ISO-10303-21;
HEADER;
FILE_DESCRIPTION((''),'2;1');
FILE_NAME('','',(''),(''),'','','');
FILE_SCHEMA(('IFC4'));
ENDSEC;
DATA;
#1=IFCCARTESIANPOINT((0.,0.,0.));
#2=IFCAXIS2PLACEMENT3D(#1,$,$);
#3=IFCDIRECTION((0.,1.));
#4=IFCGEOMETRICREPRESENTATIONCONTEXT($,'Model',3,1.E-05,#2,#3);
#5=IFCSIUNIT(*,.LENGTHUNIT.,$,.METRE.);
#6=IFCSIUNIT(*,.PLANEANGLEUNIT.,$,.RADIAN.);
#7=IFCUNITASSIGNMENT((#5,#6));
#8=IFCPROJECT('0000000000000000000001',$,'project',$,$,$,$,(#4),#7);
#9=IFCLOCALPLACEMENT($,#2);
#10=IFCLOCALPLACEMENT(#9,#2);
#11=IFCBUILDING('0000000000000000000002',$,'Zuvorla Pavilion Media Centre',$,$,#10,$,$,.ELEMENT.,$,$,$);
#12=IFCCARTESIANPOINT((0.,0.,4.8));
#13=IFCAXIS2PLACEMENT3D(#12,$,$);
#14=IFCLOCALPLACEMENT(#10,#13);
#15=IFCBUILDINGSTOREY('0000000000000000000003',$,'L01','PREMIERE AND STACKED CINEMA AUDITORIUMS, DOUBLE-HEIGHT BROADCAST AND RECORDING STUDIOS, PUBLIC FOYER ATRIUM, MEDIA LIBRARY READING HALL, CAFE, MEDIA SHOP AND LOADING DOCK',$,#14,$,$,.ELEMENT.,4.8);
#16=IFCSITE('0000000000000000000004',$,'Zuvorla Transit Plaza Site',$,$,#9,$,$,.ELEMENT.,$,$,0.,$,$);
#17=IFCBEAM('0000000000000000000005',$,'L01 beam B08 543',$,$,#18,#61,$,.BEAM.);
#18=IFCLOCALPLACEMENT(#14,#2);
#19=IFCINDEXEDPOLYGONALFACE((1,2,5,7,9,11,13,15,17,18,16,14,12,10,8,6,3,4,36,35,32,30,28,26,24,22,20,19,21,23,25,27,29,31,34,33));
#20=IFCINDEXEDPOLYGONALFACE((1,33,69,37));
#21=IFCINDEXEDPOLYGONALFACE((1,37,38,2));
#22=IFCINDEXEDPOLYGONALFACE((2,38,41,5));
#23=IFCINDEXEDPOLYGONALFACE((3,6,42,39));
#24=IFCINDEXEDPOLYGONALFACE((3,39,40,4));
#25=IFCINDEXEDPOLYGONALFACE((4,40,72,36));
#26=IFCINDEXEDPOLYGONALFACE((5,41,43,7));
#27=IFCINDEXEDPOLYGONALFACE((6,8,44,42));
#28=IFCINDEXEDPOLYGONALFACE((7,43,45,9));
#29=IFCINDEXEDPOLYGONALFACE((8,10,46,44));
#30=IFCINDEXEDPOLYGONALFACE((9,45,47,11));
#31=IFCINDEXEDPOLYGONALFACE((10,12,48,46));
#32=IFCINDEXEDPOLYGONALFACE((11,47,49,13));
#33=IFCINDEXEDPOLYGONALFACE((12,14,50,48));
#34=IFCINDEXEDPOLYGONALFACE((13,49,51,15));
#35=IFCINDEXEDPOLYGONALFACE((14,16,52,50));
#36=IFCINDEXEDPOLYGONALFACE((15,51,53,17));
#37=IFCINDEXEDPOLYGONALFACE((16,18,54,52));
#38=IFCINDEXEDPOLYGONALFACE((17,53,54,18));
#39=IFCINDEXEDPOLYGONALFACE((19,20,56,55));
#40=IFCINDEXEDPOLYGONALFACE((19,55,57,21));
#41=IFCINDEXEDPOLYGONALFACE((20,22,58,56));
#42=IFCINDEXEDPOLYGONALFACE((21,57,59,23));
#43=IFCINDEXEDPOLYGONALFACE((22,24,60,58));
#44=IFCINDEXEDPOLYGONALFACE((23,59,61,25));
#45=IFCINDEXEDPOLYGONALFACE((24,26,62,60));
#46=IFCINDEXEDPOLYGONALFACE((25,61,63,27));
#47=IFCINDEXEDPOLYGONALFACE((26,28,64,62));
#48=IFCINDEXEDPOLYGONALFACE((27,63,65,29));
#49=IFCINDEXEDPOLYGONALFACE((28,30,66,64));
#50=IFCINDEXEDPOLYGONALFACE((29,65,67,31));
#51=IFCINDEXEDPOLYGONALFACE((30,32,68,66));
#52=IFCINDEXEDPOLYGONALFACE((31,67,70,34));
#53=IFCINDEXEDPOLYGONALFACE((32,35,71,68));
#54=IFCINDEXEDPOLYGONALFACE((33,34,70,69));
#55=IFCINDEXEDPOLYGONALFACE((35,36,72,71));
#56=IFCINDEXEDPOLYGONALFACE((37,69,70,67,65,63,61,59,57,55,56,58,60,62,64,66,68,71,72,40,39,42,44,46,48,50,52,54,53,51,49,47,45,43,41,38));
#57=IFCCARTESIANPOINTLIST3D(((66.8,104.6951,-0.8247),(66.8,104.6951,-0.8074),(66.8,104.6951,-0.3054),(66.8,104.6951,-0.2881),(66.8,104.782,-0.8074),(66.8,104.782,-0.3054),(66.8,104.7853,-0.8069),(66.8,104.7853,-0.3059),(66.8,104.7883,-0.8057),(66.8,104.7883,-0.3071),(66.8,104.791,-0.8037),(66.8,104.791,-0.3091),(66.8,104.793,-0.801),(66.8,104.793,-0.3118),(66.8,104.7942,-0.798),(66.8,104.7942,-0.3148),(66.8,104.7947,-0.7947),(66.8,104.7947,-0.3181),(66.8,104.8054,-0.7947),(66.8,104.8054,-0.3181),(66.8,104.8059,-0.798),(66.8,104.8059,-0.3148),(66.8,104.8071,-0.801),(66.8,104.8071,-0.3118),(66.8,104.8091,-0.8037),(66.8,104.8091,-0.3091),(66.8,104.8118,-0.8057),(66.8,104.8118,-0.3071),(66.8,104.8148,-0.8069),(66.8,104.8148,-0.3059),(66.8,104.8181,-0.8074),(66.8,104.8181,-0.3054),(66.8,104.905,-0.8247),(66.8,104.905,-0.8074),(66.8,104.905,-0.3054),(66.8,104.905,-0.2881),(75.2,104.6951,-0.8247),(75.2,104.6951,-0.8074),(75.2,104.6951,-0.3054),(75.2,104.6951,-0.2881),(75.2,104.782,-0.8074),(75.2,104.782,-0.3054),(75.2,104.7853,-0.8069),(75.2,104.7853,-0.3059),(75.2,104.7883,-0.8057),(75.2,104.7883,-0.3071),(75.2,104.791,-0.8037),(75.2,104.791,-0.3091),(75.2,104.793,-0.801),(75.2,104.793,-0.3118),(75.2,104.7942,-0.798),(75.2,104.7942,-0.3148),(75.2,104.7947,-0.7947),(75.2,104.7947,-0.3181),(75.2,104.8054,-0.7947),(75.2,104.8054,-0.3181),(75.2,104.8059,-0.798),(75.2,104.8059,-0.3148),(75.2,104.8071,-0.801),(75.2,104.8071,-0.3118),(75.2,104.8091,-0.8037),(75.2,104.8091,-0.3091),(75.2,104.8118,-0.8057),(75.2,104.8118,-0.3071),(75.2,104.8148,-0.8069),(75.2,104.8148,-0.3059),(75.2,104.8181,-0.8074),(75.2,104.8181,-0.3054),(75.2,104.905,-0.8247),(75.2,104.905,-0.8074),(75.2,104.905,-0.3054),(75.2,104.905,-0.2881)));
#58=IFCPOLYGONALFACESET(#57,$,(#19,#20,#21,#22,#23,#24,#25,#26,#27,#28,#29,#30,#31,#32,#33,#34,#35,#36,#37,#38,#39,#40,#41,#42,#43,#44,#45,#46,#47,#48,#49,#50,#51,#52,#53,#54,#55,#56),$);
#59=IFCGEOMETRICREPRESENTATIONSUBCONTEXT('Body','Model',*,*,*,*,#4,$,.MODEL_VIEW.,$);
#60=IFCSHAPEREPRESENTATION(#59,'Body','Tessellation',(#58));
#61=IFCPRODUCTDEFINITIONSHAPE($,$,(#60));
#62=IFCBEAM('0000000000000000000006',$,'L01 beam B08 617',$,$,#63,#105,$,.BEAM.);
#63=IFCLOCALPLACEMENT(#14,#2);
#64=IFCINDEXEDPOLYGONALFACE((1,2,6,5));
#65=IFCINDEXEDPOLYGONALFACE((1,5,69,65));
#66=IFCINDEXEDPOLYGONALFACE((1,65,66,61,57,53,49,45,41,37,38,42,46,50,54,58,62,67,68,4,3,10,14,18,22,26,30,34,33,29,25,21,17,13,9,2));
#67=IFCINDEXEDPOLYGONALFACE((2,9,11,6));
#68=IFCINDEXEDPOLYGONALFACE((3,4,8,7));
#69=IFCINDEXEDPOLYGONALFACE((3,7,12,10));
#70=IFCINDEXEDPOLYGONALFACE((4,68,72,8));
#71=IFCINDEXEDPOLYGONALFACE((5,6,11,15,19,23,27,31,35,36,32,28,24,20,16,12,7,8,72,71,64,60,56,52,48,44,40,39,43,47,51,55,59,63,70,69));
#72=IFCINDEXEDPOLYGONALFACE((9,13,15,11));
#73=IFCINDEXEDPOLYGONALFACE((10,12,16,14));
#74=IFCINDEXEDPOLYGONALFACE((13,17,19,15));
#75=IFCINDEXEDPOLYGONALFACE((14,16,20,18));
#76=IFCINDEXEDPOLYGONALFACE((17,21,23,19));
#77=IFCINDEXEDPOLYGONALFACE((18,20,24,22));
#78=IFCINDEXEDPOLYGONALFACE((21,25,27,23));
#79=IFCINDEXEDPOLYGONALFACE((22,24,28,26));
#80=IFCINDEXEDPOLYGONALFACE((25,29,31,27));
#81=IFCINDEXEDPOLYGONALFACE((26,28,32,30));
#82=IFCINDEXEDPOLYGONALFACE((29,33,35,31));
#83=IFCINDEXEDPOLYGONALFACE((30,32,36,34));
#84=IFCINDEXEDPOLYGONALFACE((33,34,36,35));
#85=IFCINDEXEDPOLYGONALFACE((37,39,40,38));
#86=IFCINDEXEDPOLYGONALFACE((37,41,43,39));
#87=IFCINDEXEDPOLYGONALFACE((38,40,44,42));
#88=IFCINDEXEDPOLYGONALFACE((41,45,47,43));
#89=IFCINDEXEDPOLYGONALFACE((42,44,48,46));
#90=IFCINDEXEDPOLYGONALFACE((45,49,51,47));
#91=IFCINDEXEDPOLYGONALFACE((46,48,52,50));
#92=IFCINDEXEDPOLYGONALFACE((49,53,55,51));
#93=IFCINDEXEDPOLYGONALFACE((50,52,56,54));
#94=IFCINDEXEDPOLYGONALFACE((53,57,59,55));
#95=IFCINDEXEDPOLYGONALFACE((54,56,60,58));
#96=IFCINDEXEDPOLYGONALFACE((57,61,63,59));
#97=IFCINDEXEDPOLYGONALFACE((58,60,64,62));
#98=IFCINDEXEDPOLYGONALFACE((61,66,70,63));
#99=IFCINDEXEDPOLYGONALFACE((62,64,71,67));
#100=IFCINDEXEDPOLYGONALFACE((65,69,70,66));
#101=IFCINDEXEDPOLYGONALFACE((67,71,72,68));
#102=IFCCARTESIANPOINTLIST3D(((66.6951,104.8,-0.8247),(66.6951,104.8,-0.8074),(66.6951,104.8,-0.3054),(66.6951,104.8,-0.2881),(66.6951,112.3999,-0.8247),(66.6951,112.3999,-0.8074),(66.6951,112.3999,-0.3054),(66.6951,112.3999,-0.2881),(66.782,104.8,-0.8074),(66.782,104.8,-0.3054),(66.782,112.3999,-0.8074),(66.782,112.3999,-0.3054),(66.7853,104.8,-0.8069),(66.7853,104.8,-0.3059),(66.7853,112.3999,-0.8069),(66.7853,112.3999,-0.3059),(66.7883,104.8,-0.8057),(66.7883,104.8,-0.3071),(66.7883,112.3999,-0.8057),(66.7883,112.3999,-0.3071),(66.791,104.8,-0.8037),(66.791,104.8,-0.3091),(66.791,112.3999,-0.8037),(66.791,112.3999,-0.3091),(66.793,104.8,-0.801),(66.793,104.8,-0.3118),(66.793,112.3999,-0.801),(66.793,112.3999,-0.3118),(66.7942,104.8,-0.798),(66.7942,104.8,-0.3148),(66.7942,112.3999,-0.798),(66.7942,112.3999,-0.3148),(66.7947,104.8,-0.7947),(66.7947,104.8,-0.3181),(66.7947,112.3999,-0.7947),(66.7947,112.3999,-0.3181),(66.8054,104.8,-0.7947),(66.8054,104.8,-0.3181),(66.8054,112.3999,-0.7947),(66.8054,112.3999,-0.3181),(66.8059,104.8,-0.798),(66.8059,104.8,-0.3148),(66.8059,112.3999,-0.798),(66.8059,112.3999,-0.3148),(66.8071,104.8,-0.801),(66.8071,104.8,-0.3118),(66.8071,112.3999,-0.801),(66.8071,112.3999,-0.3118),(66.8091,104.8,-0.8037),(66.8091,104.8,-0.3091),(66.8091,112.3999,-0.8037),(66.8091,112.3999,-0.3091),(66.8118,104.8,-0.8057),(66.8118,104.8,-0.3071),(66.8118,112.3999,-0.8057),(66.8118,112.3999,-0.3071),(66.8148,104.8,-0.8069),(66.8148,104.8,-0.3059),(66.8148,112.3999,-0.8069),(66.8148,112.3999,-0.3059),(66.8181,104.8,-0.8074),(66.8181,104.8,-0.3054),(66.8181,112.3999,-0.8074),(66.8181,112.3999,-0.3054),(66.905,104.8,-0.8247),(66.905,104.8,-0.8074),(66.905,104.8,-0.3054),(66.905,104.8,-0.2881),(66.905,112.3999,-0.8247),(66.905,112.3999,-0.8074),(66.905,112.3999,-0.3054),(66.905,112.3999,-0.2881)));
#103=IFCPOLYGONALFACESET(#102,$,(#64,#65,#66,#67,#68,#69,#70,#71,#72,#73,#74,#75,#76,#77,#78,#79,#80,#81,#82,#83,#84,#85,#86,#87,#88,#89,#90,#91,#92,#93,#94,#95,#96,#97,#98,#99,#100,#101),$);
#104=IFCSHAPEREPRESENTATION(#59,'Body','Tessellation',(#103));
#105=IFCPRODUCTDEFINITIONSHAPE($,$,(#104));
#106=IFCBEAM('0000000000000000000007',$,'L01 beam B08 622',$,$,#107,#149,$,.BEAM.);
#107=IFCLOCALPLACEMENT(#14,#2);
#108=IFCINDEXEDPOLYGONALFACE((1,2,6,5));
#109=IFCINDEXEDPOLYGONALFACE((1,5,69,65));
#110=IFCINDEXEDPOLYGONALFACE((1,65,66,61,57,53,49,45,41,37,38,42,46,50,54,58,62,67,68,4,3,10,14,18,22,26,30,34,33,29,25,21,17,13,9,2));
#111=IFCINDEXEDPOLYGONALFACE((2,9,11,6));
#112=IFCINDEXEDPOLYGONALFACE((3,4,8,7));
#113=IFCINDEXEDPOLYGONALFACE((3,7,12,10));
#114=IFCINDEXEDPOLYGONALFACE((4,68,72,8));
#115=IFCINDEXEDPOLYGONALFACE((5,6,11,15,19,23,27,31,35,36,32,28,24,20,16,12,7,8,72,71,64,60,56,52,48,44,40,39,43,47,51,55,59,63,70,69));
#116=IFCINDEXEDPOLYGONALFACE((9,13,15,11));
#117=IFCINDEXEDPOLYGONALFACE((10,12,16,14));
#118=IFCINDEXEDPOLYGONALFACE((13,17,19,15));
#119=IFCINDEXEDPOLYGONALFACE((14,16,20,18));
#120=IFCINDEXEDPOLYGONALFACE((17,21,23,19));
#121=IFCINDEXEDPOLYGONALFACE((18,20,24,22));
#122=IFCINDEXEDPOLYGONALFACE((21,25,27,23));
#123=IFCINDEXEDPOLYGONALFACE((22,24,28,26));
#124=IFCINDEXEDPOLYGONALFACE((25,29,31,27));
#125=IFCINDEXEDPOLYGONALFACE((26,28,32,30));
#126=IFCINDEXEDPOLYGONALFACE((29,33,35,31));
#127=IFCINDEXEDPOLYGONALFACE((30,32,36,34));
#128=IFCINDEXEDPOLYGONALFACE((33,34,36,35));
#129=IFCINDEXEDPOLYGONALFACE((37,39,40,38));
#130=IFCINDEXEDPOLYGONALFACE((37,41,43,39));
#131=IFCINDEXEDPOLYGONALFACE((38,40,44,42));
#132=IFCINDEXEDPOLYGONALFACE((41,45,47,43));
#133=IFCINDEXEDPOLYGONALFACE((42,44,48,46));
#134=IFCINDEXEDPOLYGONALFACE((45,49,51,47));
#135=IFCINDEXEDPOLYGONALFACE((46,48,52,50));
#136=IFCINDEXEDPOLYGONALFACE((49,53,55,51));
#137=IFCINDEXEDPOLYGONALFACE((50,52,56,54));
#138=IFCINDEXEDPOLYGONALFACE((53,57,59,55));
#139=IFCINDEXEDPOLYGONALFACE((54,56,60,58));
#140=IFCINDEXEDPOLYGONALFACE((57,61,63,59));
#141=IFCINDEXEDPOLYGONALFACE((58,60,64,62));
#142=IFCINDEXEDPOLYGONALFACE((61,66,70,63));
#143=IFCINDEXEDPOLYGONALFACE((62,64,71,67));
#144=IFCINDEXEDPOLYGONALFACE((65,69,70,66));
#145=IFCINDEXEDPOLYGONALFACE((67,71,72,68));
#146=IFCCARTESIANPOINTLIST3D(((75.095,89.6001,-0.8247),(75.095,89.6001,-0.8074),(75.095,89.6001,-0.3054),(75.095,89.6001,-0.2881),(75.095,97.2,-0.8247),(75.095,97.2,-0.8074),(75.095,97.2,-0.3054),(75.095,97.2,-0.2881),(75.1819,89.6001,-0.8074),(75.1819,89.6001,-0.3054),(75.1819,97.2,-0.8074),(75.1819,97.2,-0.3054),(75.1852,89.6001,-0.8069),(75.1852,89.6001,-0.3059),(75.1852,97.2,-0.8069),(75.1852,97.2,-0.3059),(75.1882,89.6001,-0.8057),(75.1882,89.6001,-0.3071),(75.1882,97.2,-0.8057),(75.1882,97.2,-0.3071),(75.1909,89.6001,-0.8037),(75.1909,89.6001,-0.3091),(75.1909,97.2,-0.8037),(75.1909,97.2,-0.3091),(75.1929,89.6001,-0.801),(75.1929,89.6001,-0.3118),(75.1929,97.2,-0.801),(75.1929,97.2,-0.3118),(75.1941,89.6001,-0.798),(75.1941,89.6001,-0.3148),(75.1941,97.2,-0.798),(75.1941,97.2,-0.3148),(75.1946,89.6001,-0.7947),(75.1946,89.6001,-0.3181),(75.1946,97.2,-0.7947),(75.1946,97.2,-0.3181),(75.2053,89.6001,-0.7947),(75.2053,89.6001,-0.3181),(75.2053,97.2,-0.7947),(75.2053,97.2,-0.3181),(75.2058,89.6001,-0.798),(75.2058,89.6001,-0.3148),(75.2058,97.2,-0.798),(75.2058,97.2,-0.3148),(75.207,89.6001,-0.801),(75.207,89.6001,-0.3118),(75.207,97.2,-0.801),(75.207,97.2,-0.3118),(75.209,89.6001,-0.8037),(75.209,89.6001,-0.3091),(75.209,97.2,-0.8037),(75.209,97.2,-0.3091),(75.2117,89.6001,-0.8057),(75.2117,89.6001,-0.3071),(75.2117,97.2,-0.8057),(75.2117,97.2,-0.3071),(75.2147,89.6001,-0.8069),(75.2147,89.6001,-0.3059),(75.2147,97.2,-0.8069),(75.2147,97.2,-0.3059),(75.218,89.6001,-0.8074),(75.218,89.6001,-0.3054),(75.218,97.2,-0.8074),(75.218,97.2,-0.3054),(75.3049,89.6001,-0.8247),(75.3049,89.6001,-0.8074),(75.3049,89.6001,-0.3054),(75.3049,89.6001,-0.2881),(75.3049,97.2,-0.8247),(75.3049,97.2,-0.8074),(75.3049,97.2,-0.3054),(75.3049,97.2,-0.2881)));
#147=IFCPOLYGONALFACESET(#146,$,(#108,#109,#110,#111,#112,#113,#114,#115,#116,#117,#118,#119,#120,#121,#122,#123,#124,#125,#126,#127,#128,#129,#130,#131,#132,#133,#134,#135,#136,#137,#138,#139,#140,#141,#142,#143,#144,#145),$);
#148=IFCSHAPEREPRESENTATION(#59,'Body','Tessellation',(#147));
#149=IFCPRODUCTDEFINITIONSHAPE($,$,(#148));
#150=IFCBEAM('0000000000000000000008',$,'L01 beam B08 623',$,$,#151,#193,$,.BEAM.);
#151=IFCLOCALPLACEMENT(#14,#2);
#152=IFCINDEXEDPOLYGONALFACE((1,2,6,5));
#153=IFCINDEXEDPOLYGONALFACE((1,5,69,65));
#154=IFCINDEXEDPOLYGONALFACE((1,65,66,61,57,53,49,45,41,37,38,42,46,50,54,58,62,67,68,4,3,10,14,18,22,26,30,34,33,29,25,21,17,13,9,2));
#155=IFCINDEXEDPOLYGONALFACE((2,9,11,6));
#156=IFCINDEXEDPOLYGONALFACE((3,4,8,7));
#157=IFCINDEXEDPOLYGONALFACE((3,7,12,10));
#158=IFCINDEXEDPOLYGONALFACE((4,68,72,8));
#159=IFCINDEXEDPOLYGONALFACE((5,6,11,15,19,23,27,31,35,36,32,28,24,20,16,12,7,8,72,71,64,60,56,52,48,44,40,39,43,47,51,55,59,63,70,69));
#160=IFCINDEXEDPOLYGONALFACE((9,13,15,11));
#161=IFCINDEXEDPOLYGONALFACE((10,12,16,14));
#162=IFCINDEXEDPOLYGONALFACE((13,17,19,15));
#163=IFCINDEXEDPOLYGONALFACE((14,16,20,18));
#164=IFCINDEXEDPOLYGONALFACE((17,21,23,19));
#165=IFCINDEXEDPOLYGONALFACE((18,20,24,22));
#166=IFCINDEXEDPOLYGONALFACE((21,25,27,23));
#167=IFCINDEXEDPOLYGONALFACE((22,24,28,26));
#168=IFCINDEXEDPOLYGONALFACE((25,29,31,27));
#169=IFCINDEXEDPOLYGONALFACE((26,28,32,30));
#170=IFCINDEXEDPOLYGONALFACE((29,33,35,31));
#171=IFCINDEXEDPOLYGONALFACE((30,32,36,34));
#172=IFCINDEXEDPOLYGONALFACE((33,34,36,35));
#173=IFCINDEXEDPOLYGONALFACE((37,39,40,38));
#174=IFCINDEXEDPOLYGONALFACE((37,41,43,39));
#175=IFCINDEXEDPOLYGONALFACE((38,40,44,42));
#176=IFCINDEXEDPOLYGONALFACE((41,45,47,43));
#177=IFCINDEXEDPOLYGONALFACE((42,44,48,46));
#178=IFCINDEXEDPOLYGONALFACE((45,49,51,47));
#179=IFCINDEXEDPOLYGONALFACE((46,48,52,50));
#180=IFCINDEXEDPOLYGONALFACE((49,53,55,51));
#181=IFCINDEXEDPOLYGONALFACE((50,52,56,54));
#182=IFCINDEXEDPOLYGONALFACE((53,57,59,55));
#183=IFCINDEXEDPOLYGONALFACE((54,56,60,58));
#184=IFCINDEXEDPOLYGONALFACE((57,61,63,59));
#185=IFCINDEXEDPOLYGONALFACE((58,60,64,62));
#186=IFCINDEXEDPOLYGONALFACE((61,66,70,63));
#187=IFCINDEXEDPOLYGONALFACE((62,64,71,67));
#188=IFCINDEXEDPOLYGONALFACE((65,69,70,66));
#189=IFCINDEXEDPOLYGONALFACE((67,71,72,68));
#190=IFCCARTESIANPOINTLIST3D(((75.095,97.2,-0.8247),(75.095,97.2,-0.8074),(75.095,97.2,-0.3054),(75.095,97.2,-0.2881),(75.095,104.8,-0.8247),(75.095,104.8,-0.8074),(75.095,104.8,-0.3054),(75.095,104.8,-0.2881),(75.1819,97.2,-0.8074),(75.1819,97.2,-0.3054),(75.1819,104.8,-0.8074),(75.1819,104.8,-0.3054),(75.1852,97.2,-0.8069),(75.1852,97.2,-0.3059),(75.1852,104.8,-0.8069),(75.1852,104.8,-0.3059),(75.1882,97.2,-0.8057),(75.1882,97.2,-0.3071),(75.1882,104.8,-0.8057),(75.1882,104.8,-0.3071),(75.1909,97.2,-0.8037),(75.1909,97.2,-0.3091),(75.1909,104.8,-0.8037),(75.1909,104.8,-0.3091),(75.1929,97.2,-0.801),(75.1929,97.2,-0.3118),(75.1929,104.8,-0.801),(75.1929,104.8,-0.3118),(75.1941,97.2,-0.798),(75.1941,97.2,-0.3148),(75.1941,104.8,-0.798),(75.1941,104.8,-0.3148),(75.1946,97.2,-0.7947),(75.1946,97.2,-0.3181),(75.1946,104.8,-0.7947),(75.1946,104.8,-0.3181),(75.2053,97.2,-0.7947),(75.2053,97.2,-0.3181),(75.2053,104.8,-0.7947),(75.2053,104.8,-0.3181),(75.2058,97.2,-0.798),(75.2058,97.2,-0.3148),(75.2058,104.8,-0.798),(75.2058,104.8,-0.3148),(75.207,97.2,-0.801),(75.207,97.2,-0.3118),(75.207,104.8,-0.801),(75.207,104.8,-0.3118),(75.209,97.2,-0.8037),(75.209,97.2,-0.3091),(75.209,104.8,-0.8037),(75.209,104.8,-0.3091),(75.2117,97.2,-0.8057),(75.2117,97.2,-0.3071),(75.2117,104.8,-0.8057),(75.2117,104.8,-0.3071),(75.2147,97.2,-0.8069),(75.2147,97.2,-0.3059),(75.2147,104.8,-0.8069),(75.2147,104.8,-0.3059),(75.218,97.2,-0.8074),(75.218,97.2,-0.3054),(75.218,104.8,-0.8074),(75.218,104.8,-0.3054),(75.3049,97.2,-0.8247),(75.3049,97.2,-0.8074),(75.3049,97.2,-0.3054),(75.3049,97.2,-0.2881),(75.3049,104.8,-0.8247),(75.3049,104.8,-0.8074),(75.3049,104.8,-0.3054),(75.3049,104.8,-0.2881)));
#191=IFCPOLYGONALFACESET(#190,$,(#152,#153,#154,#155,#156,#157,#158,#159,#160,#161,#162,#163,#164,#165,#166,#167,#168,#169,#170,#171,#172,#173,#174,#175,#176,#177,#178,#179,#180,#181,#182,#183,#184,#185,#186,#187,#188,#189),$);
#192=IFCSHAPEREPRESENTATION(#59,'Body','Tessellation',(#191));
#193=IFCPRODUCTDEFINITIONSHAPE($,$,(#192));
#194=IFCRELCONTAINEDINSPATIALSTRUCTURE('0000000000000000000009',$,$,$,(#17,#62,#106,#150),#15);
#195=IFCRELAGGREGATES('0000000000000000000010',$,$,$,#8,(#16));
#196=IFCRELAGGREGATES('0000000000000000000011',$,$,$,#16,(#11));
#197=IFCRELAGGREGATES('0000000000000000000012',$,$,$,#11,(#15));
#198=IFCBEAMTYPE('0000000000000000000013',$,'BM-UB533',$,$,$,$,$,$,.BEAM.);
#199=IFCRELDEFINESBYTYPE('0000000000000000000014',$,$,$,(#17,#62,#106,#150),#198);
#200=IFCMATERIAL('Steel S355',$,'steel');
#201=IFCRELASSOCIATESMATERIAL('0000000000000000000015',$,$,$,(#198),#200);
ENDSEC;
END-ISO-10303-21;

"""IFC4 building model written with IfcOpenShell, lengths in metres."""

from ifc_helpers import new_model, si_unit, direction, frame, origin, origin_2d, place, context, subcontext, project, spatial, i_section, extrude, material, material_profile, profile_set, type_object, element, save


model = new_model("IFC4")

# Units and contexts
model_context = context("Model", 3, precision=1e-05, world=origin(), true_north=direction((0.0, 1.0)))
body_context = subcontext(model_context, "Body", "Model", "MODEL_VIEW")
ifc_project = project(units=[si_unit("LENGTHUNIT", "METRE"), si_unit("PLANEANGLEUNIT", "RADIAN")], contexts=[model_context])

# Site, building, storey
site_placement = place(None, origin())
site = spatial("IfcSite", under=ifc_project, at=site_placement, Name="Zuvorla Transit Plaza Site", CompositionType="ELEMENT", RefElevation=0.0)
building_placement = place(site_placement, origin())
building = spatial("IfcBuilding", under=site, at=building_placement, Name="Zuvorla Pavilion Media Centre", CompositionType="ELEMENT")
storey_placement = place(building_placement, frame((0.0, 0.0, 4.8)))
storey = spatial("IfcBuildingStorey", under=building, at=storey_placement, Name="L01", Description="PREMIERE AND STACKED CINEMA AUDITORIUMS, DOUBLE-HEIGHT BROADCAST AND RECORDING STUDIOS, PUBLIC FOYER ATRIUM, MEDIA LIBRARY READING HALL, CAFE, MEDIA SHOP AND LOADING DOCK", CompositionType="ELEMENT", Elevation=4.8)

# Beams
ifc_material_1 = material(Name="Steel S355", Category="steel")
ifc_material_profile_1 = material_profile(ifc_material_1, i_section(OverallWidth=0.21, OverallDepth=0.5366, WebThickness=0.0107, FlangeThickness=0.0173, FilletRadius=0.0127, at=origin_2d()), Name="UB 533x210x101")
ifc_profile_set_1 = profile_set([ifc_material_profile_1], Name="Steel S355")
beam_type_1 = type_object("IfcBeamType", Name="BM-UB533", PredefinedType="BEAM", material=ifc_profile_set_1)
beam_1_placement = place(storey_placement, frame((66.8, 104.8, -0.5564), z_axis=(1.0, 0.0, 0.0), x_axis=(0.0, 1.0, 0.0)))
element("IfcBeam", 1, at=beam_1_placement, inside=storey, type_object=beam_type_1, Name="L01 beam B08 543", PredefinedType="BEAM", context=body_context, shape_type="SweptSolid", body=[
    extrude(i_section(OverallWidth=0.21, OverallDepth=0.5366, WebThickness=0.0107, FlangeThickness=0.0173, FilletRadius=0.0127, at=origin_2d()), origin(), (0.0, 0.0, 1.0), 8.3999),
])
for number, where, z_axis, x_axis, name in (
    (2, (66.8, 104.8, -0.5564), (0.0, 1.0, 0.0), (-1.0, 0.0, 0.0), "L01 beam B08 617"),
    (3, (75.2, 89.6001, -0.5564), (0.0, 1.0, 0.0), (-1.0, 0.0, 0.0), "L01 beam B08 622"),
):
    element("IfcBeam", number, at=place(storey_placement, frame(where, z_axis=z_axis, x_axis=x_axis)), inside=storey, type_object=beam_type_1, Name=name, PredefinedType="BEAM", context=body_context, shape_type="SweptSolid", body=[
        extrude(i_section(OverallWidth=0.21, OverallDepth=0.5366, WebThickness=0.0107, FlangeThickness=0.0173, FilletRadius=0.0127, at=origin_2d()), origin(), (0.0, 0.0, 1.0), 7.5999),
    ])
beam_2_placement = place(storey_placement, frame((75.2, 97.2, -0.5564), z_axis=(0.0, 1.0, 0.0), x_axis=(-1.0, 0.0, 0.0)))
element("IfcBeam", 4, at=beam_2_placement, inside=storey, type_object=beam_type_1, Name="L01 beam B08 623", PredefinedType="BEAM", context=body_context, shape_type="SweptSolid", body=[
    extrude(i_section(OverallWidth=0.21, OverallDepth=0.5366, WebThickness=0.0107, FlangeThickness=0.0173, FilletRadius=0.0127, at=origin_2d()), origin(), (0.0, 0.0, 1.0), 7.6001),
])

save(model, "model.ifc")
